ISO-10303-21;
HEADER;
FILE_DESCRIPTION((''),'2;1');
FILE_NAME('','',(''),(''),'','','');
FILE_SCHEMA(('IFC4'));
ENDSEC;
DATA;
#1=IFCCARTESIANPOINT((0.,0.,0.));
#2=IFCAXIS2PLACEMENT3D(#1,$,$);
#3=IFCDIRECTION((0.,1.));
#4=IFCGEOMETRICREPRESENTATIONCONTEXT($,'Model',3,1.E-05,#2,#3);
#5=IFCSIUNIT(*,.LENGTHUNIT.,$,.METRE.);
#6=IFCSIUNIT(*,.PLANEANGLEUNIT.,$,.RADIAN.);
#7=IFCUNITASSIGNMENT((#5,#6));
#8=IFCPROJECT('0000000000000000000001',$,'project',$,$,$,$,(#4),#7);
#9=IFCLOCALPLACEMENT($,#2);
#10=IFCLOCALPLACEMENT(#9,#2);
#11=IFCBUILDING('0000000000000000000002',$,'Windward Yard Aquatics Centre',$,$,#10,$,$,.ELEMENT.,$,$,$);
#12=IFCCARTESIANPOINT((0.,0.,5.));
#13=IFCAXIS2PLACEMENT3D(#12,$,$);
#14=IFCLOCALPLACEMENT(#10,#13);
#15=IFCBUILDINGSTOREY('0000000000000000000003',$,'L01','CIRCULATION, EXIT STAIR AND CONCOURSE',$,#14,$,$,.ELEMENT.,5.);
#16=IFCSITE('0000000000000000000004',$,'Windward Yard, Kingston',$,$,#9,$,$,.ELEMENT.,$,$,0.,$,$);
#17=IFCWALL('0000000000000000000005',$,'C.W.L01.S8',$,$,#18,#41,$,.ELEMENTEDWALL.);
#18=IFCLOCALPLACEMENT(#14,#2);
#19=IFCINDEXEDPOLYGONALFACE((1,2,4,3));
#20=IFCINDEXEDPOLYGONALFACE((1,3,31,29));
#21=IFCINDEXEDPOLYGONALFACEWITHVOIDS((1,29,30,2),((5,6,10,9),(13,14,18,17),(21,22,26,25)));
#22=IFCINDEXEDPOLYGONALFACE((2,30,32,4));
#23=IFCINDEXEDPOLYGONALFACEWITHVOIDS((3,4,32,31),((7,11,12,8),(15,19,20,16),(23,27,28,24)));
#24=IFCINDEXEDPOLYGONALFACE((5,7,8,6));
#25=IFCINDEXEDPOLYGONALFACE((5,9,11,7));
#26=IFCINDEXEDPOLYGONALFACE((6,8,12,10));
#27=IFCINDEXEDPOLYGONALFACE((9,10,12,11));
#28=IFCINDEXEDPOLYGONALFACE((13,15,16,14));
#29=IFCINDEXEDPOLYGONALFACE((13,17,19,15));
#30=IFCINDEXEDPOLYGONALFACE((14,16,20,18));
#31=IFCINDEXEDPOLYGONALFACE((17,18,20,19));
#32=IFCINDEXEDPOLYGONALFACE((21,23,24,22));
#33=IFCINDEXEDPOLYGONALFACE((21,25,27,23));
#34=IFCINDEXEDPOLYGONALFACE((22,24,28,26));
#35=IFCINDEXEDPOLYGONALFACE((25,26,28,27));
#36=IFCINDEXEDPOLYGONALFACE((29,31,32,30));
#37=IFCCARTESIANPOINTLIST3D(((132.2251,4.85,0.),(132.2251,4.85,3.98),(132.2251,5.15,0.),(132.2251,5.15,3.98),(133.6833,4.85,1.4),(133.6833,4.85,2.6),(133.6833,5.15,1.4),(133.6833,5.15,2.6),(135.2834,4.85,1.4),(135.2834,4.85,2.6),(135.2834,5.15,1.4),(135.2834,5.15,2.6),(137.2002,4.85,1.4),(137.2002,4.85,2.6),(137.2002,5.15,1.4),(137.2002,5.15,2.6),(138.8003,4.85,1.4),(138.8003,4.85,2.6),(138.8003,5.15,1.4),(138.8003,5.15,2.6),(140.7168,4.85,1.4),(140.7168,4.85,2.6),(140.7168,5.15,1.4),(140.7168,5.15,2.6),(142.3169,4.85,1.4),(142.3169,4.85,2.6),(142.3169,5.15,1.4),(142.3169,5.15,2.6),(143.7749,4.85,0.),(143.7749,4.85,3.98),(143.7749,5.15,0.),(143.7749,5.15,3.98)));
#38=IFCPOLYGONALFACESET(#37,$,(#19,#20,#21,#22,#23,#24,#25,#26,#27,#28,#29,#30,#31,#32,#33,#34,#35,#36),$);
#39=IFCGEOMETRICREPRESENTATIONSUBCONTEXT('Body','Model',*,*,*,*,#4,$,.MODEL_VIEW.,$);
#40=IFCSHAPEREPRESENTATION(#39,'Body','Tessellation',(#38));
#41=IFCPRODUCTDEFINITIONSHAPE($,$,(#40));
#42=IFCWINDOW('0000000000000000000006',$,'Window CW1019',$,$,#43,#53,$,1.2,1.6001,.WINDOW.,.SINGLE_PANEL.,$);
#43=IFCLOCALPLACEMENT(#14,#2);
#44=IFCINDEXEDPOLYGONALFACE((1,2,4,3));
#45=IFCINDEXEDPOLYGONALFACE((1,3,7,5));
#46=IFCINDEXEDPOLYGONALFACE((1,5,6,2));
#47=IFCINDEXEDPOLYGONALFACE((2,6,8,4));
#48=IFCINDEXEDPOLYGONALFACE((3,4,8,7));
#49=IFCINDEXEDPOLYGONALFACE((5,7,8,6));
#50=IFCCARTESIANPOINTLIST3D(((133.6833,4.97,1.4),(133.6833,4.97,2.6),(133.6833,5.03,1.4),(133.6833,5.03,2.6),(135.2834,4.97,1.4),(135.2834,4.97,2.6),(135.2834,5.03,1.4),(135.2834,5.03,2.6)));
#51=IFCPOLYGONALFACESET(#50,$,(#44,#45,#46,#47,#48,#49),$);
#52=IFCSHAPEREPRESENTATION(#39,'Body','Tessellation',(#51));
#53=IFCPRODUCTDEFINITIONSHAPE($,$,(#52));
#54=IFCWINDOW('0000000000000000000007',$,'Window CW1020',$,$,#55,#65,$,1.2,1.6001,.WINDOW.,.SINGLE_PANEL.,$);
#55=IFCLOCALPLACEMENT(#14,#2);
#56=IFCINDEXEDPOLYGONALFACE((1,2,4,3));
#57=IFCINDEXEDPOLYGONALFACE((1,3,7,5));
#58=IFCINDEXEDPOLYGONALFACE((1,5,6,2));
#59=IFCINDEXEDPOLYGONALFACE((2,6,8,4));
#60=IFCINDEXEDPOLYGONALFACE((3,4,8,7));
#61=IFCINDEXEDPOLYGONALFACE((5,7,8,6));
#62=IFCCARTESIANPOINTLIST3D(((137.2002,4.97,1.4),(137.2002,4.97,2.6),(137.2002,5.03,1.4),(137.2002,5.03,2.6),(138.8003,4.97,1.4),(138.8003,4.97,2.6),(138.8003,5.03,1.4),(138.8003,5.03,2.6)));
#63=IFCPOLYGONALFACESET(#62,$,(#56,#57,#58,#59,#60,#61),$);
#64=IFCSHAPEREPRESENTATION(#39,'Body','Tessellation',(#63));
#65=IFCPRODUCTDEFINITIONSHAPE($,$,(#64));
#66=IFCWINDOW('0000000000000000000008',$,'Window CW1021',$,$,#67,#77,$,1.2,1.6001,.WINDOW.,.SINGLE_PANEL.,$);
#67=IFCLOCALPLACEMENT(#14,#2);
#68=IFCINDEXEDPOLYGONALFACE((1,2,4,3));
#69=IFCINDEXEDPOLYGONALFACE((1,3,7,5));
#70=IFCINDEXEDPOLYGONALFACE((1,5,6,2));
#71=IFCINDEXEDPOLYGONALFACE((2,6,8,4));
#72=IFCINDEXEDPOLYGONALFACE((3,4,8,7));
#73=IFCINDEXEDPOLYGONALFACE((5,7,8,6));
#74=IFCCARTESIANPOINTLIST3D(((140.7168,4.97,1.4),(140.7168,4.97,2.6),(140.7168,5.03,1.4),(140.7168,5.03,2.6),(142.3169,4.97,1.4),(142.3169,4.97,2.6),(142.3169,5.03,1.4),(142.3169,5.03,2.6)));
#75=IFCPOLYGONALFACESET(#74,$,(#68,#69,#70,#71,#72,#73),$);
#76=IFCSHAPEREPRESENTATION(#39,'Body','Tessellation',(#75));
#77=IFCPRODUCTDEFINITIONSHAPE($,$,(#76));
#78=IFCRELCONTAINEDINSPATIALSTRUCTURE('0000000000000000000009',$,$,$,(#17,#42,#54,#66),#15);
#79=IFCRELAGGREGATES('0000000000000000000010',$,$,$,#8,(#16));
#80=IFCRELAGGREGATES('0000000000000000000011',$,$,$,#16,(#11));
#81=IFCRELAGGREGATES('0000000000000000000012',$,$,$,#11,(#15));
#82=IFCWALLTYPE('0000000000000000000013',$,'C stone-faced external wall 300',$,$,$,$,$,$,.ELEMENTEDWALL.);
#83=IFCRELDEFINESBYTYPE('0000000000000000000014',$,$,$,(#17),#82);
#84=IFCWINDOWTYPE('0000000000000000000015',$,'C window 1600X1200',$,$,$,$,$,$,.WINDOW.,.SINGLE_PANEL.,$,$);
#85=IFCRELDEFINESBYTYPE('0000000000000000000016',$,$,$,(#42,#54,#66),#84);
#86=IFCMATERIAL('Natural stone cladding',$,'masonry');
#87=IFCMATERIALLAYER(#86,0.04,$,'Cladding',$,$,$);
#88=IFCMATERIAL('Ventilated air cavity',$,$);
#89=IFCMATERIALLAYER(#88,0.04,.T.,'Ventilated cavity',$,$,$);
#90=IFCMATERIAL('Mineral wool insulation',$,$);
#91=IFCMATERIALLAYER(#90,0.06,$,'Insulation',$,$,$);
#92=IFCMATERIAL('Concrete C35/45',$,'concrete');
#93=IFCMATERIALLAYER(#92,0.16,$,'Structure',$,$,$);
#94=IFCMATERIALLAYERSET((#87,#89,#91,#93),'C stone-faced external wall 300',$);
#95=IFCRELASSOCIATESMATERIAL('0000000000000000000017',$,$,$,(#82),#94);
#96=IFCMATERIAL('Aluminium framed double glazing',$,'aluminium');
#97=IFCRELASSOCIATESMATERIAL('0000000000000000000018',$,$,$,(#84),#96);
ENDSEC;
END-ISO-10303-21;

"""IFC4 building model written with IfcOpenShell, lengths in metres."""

from ifc_helpers import new_model, si_unit, direction, frame, frame_2d, origin, place, context, subcontext, project, spatial, rectangle, extrude, material, layer, layer_set, type_object, element, fill, save


model = new_model("IFC4")

# Units and contexts
model_context = context("Model", 3, precision=1e-05, world=origin(), true_north=direction((0.0, 1.0)))
body_context = subcontext(model_context, "Body", "Model", "MODEL_VIEW")
ifc_project = project(units=[si_unit("LENGTHUNIT", "METRE"), si_unit("PLANEANGLEUNIT", "RADIAN")], contexts=[model_context])

# Site, building, storey
site_placement = place(None, origin())
site = spatial("IfcSite", under=ifc_project, at=site_placement, Name="Windward Yard, Kingston", CompositionType="ELEMENT", RefElevation=0.0)
building_placement = place(site_placement, origin())
building = spatial("IfcBuilding", under=site, at=building_placement, Name="Windward Yard Aquatics Centre", CompositionType="ELEMENT")
storey_placement = place(building_placement, frame((0.0, 0.0, 5.0)))
storey = spatial("IfcBuildingStorey", under=building, at=storey_placement, Name="L01", Description="CIRCULATION, EXIT STAIR AND CONCOURSE", CompositionType="ELEMENT", Elevation=5.0)

# Shared definitions
ifc_material_1 = material(Name="Concrete C35/45", Category="concrete")

# Wall, openings, windows
ifc_material_2 = material(Name="Natural stone cladding", Category="masonry")
ifc_layer_1 = layer(ifc_material_2, 0.04, Name="Cladding")
ifc_material_3 = material(Name="Ventilated air cavity")
ifc_layer_2 = layer(ifc_material_3, 0.04, ventilated=True, Name="Ventilated cavity")
ifc_material_4 = material(Name="Mineral wool insulation")
ifc_layer_3 = layer(ifc_material_4, 0.06, Name="Insulation")
ifc_layer_4 = layer(ifc_material_1, 0.16, Name="Structure")
ifc_layer_set_1 = layer_set([ifc_layer_1, ifc_layer_2, ifc_layer_3, ifc_layer_4], Name="C stone-faced external wall 300")
wall_type_1 = type_object("IfcWallType", Name="C stone-faced external wall 300", PredefinedType="ELEMENTEDWALL", material=ifc_layer_set_1)
wall_1_placement = place(storey_placement, frame((132.2251, 5.0, 0.0), z_axis=(0.0, 0.0, 1.0), x_axis=(1.0, 0.0, 0.0)))
wall_1 = element("IfcWall", 1, at=wall_1_placement, inside=storey, type_object=wall_type_1, Name="C.W.L01.S8", PredefinedType="ELEMENTEDWALL", context=body_context, shape_type="SweptSolid", body=[
    extrude(rectangle(XDim=11.5498, YDim=0.3, at=frame_2d((5.7749, 0.0))), origin(), (0.0, 0.0, 1.0), 3.98),
])
opening_1_placement = place(wall_1_placement, frame((1.4583, 0.0, 1.3999)))
opening_1 = element("IfcOpeningElement", 2, at=opening_1_placement, cuts=wall_1, PredefinedType="OPENING", context=body_context, shape_type="SweptSolid", body=[
    extrude(rectangle(XDim=1.6001, YDim=1.2, at=frame_2d((0.8, 0.6001))), frame((0.0, 0.1602, 0.0), z_axis=(0.0, -1.0, 0.0), x_axis=(1.0, 0.0, 0.0)), (0.0, 0.0, 1.0), 0.3201),
])
opening_2_placement = place(wall_1_placement, frame((4.9751, 0.0, 1.3999)))
opening_2 = element("IfcOpeningElement", 3, at=opening_2_placement, cuts=wall_1, PredefinedType="OPENING", context=body_context, shape_type="SweptSolid", body=[
    extrude(rectangle(XDim=1.6001, YDim=1.2, at=frame_2d((0.8, 0.6001))), frame((0.0, 0.1602, 0.0), z_axis=(0.0, -1.0, 0.0), x_axis=(1.0, 0.0, 0.0)), (0.0, 0.0, 1.0), 0.3201),
])
opening_3_placement = place(wall_1_placement, frame((8.4917, 0.0, 1.3999)))
opening_3 = element("IfcOpeningElement", 4, at=opening_3_placement, cuts=wall_1, PredefinedType="OPENING", context=body_context, shape_type="SweptSolid", body=[
    extrude(rectangle(XDim=1.6001, YDim=1.2, at=frame_2d((0.8, 0.6001))), frame((0.0, 0.1602, 0.0), z_axis=(0.0, -1.0, 0.0), x_axis=(1.0, 0.0, 0.0)), (0.0, 0.0, 1.0), 0.3201),
])
ifc_material_5 = material(Name="Aluminium framed double glazing", Category="aluminium")
window_type = type_object("IfcWindowType", Name="C window 1600X1200", PartitioningType="SINGLE_PANEL", PredefinedType="WINDOW", material=ifc_material_5)
window_1_placement = place(opening_1_placement, origin())
window_1 = element("IfcWindow", 5, at=window_1_placement, inside=storey, type_object=window_type, Name="Window CW1019", OverallHeight=1.2, OverallWidth=1.6001, PartitioningType="SINGLE_PANEL", PredefinedType="WINDOW", context=body_context, shape_type="SweptSolid", body=[
    extrude(rectangle(XDim=1.6001, YDim=1.2, at=frame_2d((0.8, 0.6001))), frame((0.0, 0.03, 0.0), z_axis=(0.0, -1.0, 0.0), x_axis=(1.0, 0.0, 0.0)), (0.0, 0.0, 1.0), 0.0601),
])
fill(opening_1, window_1)
window_2_placement = place(opening_2_placement, origin())
window_2 = element("IfcWindow", 6, at=window_2_placement, inside=storey, type_object=window_type, Name="Window CW1020", OverallHeight=1.2, OverallWidth=1.6001, PartitioningType="SINGLE_PANEL", PredefinedType="WINDOW", context=body_context, shape_type="SweptSolid", body=[
    extrude(rectangle(XDim=1.6001, YDim=1.2, at=frame_2d((0.8, 0.6001))), frame((0.0, 0.03, 0.0), z_axis=(0.0, -1.0, 0.0), x_axis=(1.0, 0.0, 0.0)), (0.0, 0.0, 1.0), 0.0601),
])
fill(opening_2, window_2)
window_3_placement = place(opening_3_placement, origin())
window_3 = element("IfcWindow", 7, at=window_3_placement, inside=storey, type_object=window_type, Name="Window CW1021", OverallHeight=1.2, OverallWidth=1.6001, PartitioningType="SINGLE_PANEL", PredefinedType="WINDOW", context=body_context, shape_type="SweptSolid", body=[
    extrude(rectangle(XDim=1.6001, YDim=1.2, at=frame_2d((0.8, 0.6001))), frame((0.0, 0.03, 0.0), z_axis=(0.0, -1.0, 0.0), x_axis=(1.0, 0.0, 0.0)), (0.0, 0.0, 1.0), 0.0601),
])
fill(opening_3, window_3)

save(model, "model.ifc")
